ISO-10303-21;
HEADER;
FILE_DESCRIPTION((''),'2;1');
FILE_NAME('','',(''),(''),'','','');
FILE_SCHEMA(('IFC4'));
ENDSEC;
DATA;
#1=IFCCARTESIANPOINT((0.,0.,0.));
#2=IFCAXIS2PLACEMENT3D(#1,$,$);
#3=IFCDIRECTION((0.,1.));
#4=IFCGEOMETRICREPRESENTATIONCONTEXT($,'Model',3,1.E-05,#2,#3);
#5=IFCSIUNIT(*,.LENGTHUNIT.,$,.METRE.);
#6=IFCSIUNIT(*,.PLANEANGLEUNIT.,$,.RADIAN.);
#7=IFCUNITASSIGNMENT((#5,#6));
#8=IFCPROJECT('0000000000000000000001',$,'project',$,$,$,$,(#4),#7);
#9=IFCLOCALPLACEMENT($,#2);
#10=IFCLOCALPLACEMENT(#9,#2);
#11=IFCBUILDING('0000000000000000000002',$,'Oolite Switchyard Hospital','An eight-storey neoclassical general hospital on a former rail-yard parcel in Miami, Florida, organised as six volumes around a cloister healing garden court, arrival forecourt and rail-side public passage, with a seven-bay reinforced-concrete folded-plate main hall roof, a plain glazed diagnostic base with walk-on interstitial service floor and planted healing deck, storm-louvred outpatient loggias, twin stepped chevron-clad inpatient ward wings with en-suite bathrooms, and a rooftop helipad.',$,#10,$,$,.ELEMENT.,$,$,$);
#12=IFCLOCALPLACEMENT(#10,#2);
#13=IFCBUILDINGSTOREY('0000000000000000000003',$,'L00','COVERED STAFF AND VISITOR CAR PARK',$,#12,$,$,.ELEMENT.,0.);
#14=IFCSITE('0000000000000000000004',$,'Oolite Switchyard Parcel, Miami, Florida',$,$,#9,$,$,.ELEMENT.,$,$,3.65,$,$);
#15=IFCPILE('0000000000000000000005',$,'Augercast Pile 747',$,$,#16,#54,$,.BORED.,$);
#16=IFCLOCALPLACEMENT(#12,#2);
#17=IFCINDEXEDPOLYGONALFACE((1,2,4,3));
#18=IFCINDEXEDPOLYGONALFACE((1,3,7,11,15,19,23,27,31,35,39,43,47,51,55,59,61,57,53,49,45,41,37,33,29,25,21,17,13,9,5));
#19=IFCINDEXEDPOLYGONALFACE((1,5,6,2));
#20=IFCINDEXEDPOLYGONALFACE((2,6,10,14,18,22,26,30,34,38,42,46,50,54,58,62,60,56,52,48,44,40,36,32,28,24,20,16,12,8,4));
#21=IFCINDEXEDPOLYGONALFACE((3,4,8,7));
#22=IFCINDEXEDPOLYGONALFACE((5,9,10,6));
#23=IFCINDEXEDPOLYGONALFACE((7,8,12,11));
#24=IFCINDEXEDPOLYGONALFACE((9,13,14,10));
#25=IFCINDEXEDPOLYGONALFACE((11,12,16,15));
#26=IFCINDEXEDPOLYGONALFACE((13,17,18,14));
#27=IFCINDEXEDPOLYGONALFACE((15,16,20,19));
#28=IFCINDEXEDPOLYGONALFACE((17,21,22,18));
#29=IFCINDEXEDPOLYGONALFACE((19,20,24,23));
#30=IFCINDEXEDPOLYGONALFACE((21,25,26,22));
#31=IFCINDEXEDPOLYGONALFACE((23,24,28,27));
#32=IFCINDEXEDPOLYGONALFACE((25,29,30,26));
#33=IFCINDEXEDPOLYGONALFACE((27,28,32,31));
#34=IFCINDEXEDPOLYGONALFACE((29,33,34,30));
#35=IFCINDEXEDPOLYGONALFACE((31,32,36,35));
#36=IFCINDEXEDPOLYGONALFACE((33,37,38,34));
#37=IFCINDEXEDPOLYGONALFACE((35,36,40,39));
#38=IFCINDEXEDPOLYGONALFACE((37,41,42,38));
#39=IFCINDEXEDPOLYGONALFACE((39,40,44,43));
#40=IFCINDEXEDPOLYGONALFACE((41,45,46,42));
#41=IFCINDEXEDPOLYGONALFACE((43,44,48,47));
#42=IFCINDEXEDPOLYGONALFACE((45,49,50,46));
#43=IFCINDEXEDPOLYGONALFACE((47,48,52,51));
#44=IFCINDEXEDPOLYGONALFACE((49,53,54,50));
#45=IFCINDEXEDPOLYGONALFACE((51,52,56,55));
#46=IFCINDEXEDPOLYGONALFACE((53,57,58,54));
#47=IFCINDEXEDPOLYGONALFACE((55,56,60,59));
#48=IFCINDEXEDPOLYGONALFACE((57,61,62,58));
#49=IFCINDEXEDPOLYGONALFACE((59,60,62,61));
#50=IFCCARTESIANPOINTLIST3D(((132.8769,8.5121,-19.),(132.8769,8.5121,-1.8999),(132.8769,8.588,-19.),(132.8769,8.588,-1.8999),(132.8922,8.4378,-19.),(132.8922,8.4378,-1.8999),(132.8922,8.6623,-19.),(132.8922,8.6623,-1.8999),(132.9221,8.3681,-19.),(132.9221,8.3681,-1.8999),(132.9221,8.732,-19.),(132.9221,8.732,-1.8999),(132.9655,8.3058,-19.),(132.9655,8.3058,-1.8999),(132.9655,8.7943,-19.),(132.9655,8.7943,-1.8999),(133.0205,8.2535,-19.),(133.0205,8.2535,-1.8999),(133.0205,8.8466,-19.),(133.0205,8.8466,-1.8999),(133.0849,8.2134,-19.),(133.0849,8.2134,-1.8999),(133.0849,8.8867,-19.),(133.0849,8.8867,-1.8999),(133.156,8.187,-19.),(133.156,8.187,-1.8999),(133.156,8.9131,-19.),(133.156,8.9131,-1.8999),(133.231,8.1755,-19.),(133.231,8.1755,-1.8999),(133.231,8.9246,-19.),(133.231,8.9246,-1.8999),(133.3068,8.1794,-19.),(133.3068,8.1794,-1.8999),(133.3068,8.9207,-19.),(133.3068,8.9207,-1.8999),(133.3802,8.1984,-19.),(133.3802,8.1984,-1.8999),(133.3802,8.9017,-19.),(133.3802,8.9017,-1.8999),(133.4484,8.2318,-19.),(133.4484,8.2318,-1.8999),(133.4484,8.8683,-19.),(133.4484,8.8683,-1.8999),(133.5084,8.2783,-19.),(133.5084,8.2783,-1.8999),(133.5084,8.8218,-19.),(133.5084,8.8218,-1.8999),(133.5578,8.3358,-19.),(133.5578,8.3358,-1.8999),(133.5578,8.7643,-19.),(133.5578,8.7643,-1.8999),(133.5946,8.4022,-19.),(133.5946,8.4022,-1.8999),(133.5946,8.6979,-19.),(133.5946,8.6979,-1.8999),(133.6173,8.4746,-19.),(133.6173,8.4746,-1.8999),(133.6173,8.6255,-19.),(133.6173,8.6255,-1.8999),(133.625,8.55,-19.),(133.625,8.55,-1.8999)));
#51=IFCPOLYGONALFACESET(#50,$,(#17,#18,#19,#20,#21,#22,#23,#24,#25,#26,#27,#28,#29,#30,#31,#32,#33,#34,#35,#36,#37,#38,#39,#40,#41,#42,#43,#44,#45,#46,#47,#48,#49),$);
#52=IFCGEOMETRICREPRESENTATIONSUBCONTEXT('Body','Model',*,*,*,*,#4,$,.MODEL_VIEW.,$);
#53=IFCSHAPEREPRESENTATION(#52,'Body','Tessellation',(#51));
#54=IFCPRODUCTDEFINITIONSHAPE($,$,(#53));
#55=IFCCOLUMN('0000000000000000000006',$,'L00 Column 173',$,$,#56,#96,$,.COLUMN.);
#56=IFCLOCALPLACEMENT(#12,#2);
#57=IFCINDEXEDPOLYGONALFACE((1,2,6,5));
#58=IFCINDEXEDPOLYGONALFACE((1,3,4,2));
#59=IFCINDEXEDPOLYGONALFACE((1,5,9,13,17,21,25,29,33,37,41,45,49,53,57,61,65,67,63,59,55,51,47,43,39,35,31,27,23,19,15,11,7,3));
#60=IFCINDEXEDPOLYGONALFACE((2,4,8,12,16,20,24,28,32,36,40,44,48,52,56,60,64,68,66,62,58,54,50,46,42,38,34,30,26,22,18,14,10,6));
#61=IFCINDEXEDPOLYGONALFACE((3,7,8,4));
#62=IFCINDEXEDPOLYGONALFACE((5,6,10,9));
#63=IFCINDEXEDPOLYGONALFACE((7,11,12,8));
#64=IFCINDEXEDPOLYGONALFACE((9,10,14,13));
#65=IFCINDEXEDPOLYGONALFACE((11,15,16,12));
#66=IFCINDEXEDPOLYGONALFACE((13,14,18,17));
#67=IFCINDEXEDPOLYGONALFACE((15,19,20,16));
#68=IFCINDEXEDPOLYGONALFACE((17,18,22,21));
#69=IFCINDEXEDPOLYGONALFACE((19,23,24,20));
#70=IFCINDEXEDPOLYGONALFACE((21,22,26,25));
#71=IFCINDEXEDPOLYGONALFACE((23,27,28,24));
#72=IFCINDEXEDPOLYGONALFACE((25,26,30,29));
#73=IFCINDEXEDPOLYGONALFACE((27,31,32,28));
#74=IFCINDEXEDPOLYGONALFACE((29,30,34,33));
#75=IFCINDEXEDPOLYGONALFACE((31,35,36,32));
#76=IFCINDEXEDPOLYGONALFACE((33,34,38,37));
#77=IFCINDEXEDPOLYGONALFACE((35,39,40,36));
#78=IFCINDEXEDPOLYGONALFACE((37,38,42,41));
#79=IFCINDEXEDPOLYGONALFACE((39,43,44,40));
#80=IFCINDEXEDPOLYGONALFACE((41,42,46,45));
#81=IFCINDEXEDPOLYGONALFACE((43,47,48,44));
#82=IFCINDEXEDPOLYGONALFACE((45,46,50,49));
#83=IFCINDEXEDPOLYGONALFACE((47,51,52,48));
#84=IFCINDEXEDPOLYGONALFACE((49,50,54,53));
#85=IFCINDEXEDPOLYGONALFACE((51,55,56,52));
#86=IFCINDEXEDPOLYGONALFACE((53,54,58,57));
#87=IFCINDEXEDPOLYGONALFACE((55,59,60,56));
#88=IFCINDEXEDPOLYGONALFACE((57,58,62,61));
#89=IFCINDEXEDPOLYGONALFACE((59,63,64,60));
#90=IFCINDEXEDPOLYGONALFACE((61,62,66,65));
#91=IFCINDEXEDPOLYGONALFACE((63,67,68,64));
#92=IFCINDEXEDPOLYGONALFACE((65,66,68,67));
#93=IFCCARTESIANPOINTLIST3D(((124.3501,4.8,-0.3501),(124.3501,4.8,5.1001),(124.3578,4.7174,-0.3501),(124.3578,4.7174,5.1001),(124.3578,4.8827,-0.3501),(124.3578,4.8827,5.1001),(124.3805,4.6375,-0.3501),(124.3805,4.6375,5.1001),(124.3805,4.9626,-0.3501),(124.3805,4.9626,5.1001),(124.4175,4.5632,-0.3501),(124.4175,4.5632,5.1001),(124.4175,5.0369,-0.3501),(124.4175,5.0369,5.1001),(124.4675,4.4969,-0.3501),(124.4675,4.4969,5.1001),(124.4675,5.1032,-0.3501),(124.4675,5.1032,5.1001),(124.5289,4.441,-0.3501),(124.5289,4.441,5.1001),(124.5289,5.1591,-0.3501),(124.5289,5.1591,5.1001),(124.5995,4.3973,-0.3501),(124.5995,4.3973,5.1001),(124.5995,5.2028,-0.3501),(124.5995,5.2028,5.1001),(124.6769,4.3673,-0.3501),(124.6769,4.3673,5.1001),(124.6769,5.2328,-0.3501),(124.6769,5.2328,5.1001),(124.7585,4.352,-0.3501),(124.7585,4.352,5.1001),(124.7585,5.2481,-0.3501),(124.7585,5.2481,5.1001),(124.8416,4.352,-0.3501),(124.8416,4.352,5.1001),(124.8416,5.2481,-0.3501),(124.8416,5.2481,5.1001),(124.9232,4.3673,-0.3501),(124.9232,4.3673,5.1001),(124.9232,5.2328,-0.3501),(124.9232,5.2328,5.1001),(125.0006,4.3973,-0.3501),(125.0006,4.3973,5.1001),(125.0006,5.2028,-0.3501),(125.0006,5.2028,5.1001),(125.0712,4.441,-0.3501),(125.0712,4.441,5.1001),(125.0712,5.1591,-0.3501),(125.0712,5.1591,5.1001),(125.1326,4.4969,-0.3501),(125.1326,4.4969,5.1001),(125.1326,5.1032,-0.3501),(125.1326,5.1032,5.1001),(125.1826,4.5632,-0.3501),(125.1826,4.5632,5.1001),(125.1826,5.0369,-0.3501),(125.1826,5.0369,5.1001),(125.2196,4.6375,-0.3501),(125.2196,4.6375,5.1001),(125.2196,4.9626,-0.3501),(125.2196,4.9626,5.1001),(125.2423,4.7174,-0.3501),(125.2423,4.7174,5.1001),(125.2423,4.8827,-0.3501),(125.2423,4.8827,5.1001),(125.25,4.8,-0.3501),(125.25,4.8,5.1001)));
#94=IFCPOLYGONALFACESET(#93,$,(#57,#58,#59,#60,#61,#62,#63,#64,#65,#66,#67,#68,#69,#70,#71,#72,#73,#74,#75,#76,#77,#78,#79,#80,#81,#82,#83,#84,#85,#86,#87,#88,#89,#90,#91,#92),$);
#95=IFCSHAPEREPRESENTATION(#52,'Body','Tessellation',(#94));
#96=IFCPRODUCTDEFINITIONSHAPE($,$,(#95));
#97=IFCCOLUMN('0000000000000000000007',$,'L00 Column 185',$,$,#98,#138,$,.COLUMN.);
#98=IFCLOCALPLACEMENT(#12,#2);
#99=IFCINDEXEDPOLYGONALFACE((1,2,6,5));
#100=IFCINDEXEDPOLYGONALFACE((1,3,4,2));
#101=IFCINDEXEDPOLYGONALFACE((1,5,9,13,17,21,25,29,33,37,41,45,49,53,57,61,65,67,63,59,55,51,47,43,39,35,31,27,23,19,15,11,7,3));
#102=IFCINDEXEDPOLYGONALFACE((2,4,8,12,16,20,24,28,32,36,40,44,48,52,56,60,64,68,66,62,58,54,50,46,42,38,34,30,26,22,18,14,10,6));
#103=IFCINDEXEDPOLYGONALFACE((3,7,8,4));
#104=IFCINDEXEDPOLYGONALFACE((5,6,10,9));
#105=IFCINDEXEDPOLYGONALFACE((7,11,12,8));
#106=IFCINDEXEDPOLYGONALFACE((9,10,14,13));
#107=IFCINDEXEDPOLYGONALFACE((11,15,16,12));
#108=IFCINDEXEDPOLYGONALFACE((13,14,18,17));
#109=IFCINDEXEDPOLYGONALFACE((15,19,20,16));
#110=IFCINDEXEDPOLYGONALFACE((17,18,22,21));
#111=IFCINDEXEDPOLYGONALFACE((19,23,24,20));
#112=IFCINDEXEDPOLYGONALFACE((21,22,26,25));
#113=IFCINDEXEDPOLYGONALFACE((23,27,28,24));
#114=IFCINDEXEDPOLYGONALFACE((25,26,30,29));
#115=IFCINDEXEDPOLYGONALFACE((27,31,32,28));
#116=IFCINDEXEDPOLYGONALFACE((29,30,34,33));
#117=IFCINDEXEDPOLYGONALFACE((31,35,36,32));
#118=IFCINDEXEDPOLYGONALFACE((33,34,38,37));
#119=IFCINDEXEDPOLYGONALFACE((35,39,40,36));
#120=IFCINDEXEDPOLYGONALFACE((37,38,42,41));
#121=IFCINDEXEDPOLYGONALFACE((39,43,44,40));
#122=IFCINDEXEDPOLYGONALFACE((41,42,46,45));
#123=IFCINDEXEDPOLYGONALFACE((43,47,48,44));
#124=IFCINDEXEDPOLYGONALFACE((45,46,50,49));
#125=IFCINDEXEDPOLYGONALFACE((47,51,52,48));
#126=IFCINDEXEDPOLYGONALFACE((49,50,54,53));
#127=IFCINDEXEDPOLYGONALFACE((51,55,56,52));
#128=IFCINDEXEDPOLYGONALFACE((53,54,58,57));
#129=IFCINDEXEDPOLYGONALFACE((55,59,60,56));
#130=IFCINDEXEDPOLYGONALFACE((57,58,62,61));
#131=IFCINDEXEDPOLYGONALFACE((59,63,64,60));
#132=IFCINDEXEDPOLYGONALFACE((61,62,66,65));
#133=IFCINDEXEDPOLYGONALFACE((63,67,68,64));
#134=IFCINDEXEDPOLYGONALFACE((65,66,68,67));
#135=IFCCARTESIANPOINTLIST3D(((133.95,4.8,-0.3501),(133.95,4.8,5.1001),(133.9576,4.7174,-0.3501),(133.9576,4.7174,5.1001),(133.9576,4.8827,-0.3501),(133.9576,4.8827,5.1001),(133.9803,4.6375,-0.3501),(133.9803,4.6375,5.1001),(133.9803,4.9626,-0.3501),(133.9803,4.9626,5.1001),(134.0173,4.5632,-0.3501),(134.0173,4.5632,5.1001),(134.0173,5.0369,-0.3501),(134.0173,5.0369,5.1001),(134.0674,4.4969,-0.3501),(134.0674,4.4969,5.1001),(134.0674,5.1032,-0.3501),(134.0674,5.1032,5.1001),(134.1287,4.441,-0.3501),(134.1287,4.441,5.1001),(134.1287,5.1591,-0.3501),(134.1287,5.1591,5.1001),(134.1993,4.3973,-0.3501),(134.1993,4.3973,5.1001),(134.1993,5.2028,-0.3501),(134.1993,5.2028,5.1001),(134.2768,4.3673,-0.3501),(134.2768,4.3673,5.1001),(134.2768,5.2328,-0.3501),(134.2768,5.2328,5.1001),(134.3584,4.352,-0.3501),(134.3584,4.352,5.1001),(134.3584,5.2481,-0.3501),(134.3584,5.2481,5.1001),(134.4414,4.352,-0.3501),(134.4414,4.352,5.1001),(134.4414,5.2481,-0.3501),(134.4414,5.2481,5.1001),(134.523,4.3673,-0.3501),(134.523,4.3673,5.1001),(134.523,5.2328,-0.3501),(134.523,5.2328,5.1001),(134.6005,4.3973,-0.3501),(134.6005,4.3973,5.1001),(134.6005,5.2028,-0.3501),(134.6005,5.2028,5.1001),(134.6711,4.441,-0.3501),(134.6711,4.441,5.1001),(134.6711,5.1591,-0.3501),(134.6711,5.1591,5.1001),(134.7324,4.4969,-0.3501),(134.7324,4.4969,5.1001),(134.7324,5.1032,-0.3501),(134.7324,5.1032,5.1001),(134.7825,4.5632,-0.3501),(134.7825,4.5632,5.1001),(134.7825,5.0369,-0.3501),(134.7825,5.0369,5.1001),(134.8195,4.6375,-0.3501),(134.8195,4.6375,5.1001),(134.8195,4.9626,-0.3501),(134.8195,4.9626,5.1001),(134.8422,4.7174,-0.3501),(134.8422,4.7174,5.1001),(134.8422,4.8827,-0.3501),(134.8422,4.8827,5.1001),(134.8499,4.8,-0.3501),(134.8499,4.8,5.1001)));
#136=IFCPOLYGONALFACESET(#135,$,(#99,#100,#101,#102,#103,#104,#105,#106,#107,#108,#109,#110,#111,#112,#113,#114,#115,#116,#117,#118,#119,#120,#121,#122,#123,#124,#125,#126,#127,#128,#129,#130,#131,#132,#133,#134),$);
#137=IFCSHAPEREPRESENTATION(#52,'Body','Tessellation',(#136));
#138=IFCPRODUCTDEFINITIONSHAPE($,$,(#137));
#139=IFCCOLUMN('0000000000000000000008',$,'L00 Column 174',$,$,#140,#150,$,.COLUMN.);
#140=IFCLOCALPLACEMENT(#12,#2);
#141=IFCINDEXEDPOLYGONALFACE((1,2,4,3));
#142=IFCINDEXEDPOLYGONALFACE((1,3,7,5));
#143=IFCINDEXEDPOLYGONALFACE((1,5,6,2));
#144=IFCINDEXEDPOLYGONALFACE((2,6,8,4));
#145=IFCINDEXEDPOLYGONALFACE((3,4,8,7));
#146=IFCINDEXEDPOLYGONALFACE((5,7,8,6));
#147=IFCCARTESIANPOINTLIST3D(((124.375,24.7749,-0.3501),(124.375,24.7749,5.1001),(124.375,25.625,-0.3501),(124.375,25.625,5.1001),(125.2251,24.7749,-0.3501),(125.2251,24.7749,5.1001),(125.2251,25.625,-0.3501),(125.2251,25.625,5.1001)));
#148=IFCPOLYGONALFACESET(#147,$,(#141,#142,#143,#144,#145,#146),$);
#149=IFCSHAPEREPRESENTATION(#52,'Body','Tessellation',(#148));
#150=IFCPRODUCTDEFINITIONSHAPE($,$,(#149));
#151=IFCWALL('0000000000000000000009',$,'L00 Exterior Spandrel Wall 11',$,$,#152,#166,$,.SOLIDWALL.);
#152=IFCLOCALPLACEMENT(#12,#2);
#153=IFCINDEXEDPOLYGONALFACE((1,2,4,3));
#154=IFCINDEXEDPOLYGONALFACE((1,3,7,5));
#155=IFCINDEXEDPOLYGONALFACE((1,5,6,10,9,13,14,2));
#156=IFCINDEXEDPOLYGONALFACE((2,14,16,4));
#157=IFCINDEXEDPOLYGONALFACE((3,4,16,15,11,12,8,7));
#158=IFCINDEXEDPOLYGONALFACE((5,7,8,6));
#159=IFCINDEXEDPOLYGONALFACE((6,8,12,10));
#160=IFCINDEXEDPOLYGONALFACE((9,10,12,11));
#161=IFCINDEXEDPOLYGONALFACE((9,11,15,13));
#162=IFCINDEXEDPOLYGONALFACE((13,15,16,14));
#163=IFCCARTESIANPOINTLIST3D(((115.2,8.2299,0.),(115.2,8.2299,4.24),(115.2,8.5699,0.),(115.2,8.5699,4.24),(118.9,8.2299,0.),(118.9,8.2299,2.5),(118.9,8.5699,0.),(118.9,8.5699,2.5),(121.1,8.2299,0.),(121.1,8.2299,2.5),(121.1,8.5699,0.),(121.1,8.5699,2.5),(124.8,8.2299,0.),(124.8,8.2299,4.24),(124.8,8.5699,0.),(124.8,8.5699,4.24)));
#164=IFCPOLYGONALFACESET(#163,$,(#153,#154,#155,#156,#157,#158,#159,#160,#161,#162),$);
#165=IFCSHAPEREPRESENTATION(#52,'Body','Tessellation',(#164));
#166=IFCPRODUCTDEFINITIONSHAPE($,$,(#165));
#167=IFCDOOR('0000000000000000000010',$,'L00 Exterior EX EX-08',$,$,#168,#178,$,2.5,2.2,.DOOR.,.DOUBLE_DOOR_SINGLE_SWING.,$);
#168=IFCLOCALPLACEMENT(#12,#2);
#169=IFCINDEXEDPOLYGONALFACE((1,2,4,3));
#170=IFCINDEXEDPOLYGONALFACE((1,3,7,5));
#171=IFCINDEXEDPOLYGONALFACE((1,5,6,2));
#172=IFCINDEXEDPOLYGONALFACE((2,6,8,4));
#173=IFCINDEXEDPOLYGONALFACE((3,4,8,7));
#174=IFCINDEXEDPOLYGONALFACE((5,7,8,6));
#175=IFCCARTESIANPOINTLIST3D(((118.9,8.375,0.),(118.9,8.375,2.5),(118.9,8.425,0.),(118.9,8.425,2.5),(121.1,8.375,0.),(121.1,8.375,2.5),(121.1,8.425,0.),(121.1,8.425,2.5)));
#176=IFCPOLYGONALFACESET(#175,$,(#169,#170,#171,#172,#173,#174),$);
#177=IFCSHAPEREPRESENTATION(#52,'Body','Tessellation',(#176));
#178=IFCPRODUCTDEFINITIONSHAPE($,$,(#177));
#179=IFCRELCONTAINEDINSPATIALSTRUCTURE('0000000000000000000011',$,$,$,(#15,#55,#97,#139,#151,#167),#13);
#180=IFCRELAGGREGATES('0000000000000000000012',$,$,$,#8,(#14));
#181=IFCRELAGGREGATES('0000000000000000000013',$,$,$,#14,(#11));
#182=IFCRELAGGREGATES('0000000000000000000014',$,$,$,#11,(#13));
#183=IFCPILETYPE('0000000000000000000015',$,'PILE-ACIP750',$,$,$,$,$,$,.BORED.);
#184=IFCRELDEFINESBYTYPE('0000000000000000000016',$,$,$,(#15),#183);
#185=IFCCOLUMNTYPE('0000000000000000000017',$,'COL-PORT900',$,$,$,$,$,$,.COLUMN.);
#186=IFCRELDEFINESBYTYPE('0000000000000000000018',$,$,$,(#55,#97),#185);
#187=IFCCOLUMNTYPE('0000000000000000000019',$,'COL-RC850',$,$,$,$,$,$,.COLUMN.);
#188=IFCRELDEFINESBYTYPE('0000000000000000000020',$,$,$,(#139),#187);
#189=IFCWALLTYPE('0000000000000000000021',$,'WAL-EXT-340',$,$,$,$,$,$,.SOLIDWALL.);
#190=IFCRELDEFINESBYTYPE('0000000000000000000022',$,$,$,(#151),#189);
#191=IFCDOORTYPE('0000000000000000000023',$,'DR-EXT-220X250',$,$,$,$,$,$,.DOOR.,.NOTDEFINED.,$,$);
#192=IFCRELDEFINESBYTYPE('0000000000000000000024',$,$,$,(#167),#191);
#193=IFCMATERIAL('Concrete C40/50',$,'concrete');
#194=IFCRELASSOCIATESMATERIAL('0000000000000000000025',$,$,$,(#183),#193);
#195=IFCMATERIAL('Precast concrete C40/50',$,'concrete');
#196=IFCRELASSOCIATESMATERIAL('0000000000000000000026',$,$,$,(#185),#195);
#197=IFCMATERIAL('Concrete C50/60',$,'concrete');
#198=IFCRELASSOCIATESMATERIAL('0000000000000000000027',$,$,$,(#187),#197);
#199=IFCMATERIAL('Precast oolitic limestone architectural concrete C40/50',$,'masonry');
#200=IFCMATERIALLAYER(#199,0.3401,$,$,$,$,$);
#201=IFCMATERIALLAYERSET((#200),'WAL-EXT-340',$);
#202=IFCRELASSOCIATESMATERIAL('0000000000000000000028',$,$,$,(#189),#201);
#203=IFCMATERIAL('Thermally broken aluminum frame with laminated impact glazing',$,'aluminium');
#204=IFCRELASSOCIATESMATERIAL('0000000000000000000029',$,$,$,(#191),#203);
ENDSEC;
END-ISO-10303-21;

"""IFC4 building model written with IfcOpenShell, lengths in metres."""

from ifc_helpers import new_model, si_unit, direction, frame, frame_2d, origin, origin_2d, place, context, subcontext, project, spatial, rectangle, circle, extrude, material, layer, layer_set, material_profile, profile_set, type_object, element, fill, save


model = new_model("IFC4")

# Units and contexts
model_context = context("Model", 3, precision=1e-05, world=origin(), true_north=direction((0.0, 1.0)))
body_context = subcontext(model_context, "Body", "Model", "MODEL_VIEW")
ifc_project = project(units=[si_unit("LENGTHUNIT", "METRE"), si_unit("PLANEANGLEUNIT", "RADIAN")], contexts=[model_context])

# Site, building, storey
site_placement = place(None, origin())
site = spatial("IfcSite", under=ifc_project, at=site_placement, Name="Oolite Switchyard Parcel, Miami, Florida", CompositionType="ELEMENT", RefElevation=3.65)
building_placement = place(site_placement, origin())
building = spatial("IfcBuilding", under=site, at=building_placement, Name="Oolite Switchyard Hospital", Description="An eight-storey neoclassical general hospital on a former rail-yard parcel in Miami, Florida, organised as six volumes around a cloister healing garden court, arrival forecourt and rail-side public passage, with a seven-bay reinforced-concrete folded-plate main hall roof, a plain glazed diagnostic base with walk-on interstitial service floor and planted healing deck, storm-louvred outpatient loggias, twin stepped chevron-clad inpatient ward wings with en-suite bathrooms, and a rooftop helipad.", CompositionType="ELEMENT")
storey_placement = place(building_placement, origin())
storey = spatial("IfcBuildingStorey", under=building, at=storey_placement, Name="L00", Description="COVERED STAFF AND VISITOR CAR PARK", CompositionType="ELEMENT", Elevation=0.0)

# Shared definitions
ifc_material_1 = material(Name="Concrete C40/50", Category="concrete")

# Pile
ifc_material_profile_1 = material_profile(ifc_material_1, circle(Radius=0.375, at=origin_2d()), Name="PILE750")
ifc_profile_set_1 = profile_set([ifc_material_profile_1], Name="Concrete C40/50")
pile_type_1 = type_object("IfcPileType", Name="PILE-ACIP750", PredefinedType="BORED", material=ifc_profile_set_1)
for number, where, z_axis, x_axis, name in (
    (1, (133.25, 8.55, -1.8999), (0.0, 0.0, -1.0), (1.0, 0.0, 0.0), "Augercast Pile 747"),
):
    element("IfcPile", number, at=place(storey_placement, frame(where, z_axis=z_axis, x_axis=x_axis)), inside=storey, type_object=pile_type_1, Name=name, PredefinedType="BORED", context=body_context, shape_type="SweptSolid", body=[
        extrude(circle(Radius=0.375, at=origin_2d()), origin(), (0.0, 0.0, 1.0), 17.1001),
    ])

# Columns
ifc_material_2 = material(Name="Precast concrete C40/50", Category="concrete")
ifc_material_profile_2 = material_profile(ifc_material_2, circle(Radius=0.45, at=origin_2d()), Name="RCCOL900")
ifc_profile_set_2 = profile_set([ifc_material_profile_2], Name="Precast concrete C40/50")
column_type_1 = type_object("IfcColumnType", Name="COL-PORT900", PredefinedType="COLUMN", material=ifc_profile_set_2)
for number, where, z_axis, x_axis, name in (
    (2, (124.8, 4.8, -0.3501), (0.0, 0.0, 1.0), (1.0, 0.0, 0.0), "L00 Column 173"),
    (3, (134.3999, 4.8, -0.3501), (0.0, 0.0, 1.0), (1.0, 0.0, 0.0), "L00 Column 185"),
):
    element("IfcColumn", number, at=place(storey_placement, frame(where, z_axis=z_axis, x_axis=x_axis)), inside=storey, type_object=column_type_1, Name=name, PredefinedType="COLUMN", context=body_context, shape_type="SweptSolid", body=[
        extrude(circle(Radius=0.45, at=origin_2d()), origin(), (0.0, 0.0, 1.0), 5.4502),
    ])
ifc_material_3 = material(Name="Concrete C50/60", Category="concrete")
ifc_material_profile_3 = material_profile(ifc_material_3, rectangle(XDim=0.8501, YDim=0.8501, at=origin_2d()), Name="RC850X850")
ifc_profile_set_3 = profile_set([ifc_material_profile_3], Name="Concrete C50/60")
column_type_2 = type_object("IfcColumnType", Name="COL-RC850", PredefinedType="COLUMN", material=ifc_profile_set_3)
column_placement = place(storey_placement, frame((124.8, 25.2, -0.3501), z_axis=(0.0, 0.0, 1.0), x_axis=(1.0, 0.0, 0.0)))
element("IfcColumn", 4, at=column_placement, inside=storey, type_object=column_type_2, Name="L00 Column 174", PredefinedType="COLUMN", context=body_context, shape_type="SweptSolid", body=[
    extrude(rectangle(XDim=0.8501, YDim=0.8501, at=origin_2d()), origin(), (0.0, 0.0, 1.0), 5.4502),
])

# Wall, opening, door
ifc_material_4 = material(Name="Precast oolitic limestone architectural concrete C40/50", Category="masonry")
ifc_layer_1 = layer(ifc_material_4, 0.3401)
ifc_layer_set_1 = layer_set([ifc_layer_1], Name="WAL-EXT-340")
wall_type_1 = type_object("IfcWallType", Name="WAL-EXT-340", PredefinedType="SOLIDWALL", material=ifc_layer_set_1)
wall_1_placement = place(storey_placement, frame((124.8, 8.3999, 0.0), z_axis=(0.0, 0.0, 1.0), x_axis=(-1.0, 0.0, 0.0)))
wall_1 = element("IfcWall", 5, at=wall_1_placement, inside=storey, type_object=wall_type_1, Name="L00 Exterior Spandrel Wall 11", PredefinedType="SOLIDWALL", context=body_context, shape_type="SweptSolid", body=[
    extrude(rectangle(XDim=9.6001, YDim=0.3401, at=frame_2d((4.8, 0.0))), origin(), (0.0, 0.0, 1.0), 4.24),
])
opening_1_placement = place(wall_1_placement, frame((3.7, 0.0, 0.0)))
opening_1 = element("IfcOpeningElement", 6, at=opening_1_placement, cuts=wall_1, PredefinedType="OPENING", context=body_context, shape_type="SweptSolid", body=[
    extrude(rectangle(XDim=2.2, YDim=2.5, at=frame_2d((1.1001, 1.25))), frame((0.0, 0.1802, 0.0), z_axis=(0.0, -1.0, 0.0), x_axis=(1.0, 0.0, 0.0)), (0.0, 0.0, 1.0), 0.3601),
])
ifc_material_5 = material(Name="Thermally broken aluminum frame with laminated impact glazing", Category="aluminium")
door_type_1 = type_object("IfcDoorType", Name="DR-EXT-220X250", OperationType="NOTDEFINED", PredefinedType="DOOR", material=ifc_material_5)
door_1_placement = place(opening_1_placement, origin())
door_1 = element("IfcDoor", 7, at=door_1_placement, inside=storey, type_object=door_type_1, Name="L00 Exterior EX EX-08", OperationType="DOUBLE_DOOR_SINGLE_SWING", OverallHeight=2.5, OverallWidth=2.2, PredefinedType="DOOR", context=body_context, shape_type="SweptSolid", body=[
    extrude(rectangle(XDim=2.2, YDim=2.5, at=frame_2d((1.1001, 1.25))), frame((0.0, 0.0249, 0.0), z_axis=(0.0, -1.0, 0.0), x_axis=(1.0, 0.0, 0.0)), (0.0, 0.0, 1.0), 0.05),
])
fill(opening_1, door_1)

save(model, "model.ifc")
